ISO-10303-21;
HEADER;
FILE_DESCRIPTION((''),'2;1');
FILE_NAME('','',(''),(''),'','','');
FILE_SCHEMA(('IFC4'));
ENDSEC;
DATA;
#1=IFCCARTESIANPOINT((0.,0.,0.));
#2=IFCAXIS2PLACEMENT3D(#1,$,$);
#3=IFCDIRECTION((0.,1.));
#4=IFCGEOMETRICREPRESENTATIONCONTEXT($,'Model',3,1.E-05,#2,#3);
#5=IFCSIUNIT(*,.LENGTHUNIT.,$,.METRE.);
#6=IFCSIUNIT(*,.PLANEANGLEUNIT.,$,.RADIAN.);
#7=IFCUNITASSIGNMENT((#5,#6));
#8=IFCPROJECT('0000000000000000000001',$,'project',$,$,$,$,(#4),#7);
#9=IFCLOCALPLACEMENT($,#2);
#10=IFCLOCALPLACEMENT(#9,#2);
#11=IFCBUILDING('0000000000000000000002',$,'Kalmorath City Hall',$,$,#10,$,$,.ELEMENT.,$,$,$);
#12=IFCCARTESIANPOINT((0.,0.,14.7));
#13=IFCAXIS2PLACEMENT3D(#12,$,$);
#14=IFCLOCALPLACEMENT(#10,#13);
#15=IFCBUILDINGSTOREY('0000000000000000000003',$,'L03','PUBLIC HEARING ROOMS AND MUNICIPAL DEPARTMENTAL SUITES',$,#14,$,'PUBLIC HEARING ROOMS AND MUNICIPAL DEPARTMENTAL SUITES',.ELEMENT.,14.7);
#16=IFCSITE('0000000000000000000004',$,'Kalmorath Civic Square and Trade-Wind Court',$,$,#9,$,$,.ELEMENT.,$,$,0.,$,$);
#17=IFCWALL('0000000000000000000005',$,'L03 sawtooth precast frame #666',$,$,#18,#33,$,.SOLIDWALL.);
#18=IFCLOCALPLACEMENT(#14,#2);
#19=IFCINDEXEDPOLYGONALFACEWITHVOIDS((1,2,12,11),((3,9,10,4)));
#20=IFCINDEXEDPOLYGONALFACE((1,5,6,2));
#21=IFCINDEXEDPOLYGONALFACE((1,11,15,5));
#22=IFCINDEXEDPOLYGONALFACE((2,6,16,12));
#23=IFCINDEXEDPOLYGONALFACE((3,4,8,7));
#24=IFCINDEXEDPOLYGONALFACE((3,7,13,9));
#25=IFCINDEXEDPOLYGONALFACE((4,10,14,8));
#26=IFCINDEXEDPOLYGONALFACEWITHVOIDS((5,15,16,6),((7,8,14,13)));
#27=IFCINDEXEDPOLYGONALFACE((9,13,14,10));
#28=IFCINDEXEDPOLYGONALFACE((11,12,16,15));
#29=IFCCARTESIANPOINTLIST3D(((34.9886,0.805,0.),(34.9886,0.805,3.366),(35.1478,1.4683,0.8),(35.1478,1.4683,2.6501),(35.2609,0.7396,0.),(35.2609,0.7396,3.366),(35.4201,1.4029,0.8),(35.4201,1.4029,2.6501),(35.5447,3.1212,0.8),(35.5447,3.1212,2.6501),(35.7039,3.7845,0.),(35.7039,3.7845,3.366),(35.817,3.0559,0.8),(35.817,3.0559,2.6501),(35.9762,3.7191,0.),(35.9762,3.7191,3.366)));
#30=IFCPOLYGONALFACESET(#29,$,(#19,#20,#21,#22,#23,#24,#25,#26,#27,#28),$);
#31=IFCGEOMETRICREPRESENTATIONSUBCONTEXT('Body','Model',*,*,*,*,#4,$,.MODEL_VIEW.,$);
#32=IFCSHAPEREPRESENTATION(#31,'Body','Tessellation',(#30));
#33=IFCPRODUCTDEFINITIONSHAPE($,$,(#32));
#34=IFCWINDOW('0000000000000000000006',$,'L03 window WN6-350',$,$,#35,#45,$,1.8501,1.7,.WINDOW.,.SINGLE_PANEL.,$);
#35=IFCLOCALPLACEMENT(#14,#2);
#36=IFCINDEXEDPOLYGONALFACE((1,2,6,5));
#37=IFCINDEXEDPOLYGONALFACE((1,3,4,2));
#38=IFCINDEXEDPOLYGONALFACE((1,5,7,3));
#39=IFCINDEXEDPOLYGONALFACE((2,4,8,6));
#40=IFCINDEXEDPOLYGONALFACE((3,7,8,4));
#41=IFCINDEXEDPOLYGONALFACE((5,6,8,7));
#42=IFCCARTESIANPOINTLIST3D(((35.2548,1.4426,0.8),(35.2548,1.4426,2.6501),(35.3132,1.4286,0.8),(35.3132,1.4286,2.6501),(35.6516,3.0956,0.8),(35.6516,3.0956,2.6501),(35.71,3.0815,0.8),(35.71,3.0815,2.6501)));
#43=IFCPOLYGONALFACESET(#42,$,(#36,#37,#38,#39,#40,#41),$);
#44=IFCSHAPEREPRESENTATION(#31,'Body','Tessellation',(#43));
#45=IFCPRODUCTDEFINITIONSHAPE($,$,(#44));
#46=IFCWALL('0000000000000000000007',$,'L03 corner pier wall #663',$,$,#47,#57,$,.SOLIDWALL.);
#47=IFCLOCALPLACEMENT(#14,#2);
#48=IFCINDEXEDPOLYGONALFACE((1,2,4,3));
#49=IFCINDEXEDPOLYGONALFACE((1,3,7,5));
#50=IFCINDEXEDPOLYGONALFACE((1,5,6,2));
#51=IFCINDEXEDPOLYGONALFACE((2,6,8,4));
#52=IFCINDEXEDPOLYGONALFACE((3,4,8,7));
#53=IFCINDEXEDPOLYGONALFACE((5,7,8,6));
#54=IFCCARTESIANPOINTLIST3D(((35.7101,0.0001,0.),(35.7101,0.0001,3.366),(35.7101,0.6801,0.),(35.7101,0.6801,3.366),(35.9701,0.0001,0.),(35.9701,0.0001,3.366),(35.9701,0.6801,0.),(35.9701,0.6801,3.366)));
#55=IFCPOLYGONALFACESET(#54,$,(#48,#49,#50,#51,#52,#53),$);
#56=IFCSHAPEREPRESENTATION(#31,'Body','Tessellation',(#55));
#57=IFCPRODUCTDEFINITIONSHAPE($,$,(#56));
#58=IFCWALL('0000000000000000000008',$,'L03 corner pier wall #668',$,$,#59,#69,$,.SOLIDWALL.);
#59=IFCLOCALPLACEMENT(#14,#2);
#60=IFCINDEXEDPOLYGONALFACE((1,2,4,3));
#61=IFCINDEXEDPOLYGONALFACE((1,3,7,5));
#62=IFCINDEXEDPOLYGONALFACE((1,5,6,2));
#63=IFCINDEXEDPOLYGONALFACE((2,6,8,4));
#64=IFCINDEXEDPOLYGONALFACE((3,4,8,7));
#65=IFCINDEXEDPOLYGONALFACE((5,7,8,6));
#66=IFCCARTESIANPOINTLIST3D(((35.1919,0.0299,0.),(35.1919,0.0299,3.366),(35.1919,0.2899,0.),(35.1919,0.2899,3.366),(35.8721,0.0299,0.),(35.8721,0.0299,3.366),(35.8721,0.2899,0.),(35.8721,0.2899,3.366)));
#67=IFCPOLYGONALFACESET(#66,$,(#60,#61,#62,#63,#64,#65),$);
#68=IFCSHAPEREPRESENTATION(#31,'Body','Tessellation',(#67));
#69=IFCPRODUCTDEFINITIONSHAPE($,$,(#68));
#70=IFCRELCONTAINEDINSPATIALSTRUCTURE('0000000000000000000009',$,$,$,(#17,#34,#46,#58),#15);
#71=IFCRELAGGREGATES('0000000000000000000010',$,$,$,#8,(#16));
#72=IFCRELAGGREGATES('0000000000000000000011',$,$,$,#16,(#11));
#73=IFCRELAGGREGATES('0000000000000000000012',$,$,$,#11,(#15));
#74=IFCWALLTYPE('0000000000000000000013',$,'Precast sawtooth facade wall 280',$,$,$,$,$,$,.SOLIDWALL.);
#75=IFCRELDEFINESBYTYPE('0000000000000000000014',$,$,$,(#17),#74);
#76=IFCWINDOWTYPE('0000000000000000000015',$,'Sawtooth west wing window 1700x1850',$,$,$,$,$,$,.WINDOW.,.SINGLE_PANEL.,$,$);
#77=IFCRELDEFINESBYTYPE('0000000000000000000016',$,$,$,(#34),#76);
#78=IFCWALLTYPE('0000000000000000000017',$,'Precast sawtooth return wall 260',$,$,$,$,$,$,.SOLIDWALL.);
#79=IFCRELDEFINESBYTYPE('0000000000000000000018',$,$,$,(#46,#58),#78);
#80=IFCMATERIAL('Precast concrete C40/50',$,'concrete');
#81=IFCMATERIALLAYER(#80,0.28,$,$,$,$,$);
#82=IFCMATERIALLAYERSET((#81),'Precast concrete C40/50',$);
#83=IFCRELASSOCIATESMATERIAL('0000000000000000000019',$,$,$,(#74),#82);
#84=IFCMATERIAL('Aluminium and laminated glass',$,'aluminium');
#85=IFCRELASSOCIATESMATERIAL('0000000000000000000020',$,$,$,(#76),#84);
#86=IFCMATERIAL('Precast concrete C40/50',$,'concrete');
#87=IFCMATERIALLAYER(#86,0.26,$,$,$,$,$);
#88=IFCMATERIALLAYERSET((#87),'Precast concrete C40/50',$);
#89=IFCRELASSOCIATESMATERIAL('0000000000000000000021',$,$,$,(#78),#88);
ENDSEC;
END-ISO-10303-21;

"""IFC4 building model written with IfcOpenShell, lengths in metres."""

from ifc_helpers import new_model, si_unit, direction, frame, frame_2d, origin, place, context, subcontext, project, spatial, rectangle, extrude, material, layer, layer_set, type_object, element, fill, save


model = new_model("IFC4")

# Units and contexts
model_context = context("Model", 3, precision=1e-05, world=origin(), true_north=direction((0.0, 1.0)))
body_context = subcontext(model_context, "Body", "Model", "MODEL_VIEW")
ifc_project = project(units=[si_unit("LENGTHUNIT", "METRE"), si_unit("PLANEANGLEUNIT", "RADIAN")], contexts=[model_context])

# Site, building, storey
site_placement = place(None, origin())
site = spatial("IfcSite", under=ifc_project, at=site_placement, Name="Kalmorath Civic Square and Trade-Wind Court", CompositionType="ELEMENT", RefElevation=0.0)
building_placement = place(site_placement, origin())
building = spatial("IfcBuilding", under=site, at=building_placement, Name="Kalmorath City Hall", CompositionType="ELEMENT")
storey_placement = place(building_placement, frame((0.0, 0.0, 14.7)))
storey = spatial("IfcBuildingStorey", under=building, at=storey_placement, Name="L03", Description="PUBLIC HEARING ROOMS AND MUNICIPAL DEPARTMENTAL SUITES", LongName="PUBLIC HEARING ROOMS AND MUNICIPAL DEPARTMENTAL SUITES", CompositionType="ELEMENT", Elevation=14.7)

# Wall, opening, window
ifc_material_1 = material(Name="Precast concrete C40/50", Category="concrete")
ifc_layer_1 = layer(ifc_material_1, 0.28)
ifc_layer_set_1 = layer_set([ifc_layer_1], Name="Precast concrete C40/50")
wall_type_1 = type_object("IfcWallType", Name="Precast sawtooth facade wall 280", PredefinedType="SOLIDWALL", material=ifc_layer_set_1)
ifc_material_2 = material(Name="Aluminium and laminated glass", Category="aluminium")
window_type_1 = type_object("IfcWindowType", Name="Sawtooth west wing window 1700x1850", PartitioningType="SINGLE_PANEL", PredefinedType="WINDOW", material=ifc_material_2)
wall_1_placement = place(storey_placement, frame((35.8401, 3.752, 0.0), z_axis=(0.0, 0.0, 1.0), x_axis=(-0.233451, -0.972368, 0.0)))
wall_1 = element("IfcWall", 1, at=wall_1_placement, inside=storey, type_object=wall_type_1, Name="L03 sawtooth precast frame #666", PredefinedType="SOLIDWALL", context=body_context, shape_type="SweptSolid", body=[
    extrude(rectangle(XDim=3.0642, YDim=0.28, at=frame_2d((1.5322, 0.0))), origin(), (0.0, 0.0, 1.0), 3.366),
])
opening_1_placement = place(wall_1_placement, frame((0.6821, 0.0, 0.8)))
opening_1 = element("IfcOpeningElement", 2, at=opening_1_placement, cuts=wall_1, PredefinedType="OPENING", context=body_context, shape_type="SweptSolid", body=[
    extrude(rectangle(XDim=1.7, YDim=1.8501, at=frame_2d((0.8501, 0.925))), frame((0.0, 0.1499, 0.0), z_axis=(0.0, -1.0, 0.0), x_axis=(1.0, 0.0, 0.0)), (0.0, 0.0, 1.0), 0.3),
])
window_1_placement = place(opening_1_placement, origin())
window_1 = element("IfcWindow", 3, at=window_1_placement, inside=storey, type_object=window_type_1, Name="L03 window WN6-350", OverallHeight=1.8501, OverallWidth=1.7, PartitioningType="SINGLE_PANEL", PredefinedType="WINDOW", context=body_context, shape_type="SweptSolid", body=[
    extrude(rectangle(XDim=1.7, YDim=1.8501, at=frame_2d((0.8501, 0.925))), frame((0.0, 0.03, 0.0), z_axis=(0.0, -1.0, 0.0), x_axis=(1.0, 0.0, 0.0)), (0.0, 0.0, 1.0), 0.0601),
])
fill(opening_1, window_1)

# Walls
ifc_material_3 = material(Name="Precast concrete C40/50", Category="concrete")
ifc_layer_2 = layer(ifc_material_3, 0.26)
ifc_layer_set_2 = layer_set([ifc_layer_2], Name="Precast concrete C40/50")
wall_type_2 = type_object("IfcWallType", Name="Precast sawtooth return wall 260", PredefinedType="SOLIDWALL", material=ifc_layer_set_2)
wall_2_placement = place(storey_placement, frame((35.8401, 0.6799, 0.0), z_axis=(0.0, 0.0, 1.0), x_axis=(0.0, -1.0, 0.0)))
element("IfcWall", 4, at=wall_2_placement, inside=storey, type_object=wall_type_2, Name="L03 corner pier wall #663", PredefinedType="SOLIDWALL", context=body_context, shape_type="SweptSolid", body=[
    extrude(rectangle(XDim=0.6799, YDim=0.26, at=frame_2d((0.3398, 0.0))), origin(), (0.0, 0.0, 1.0), 3.366),
])
wall_3_placement = place(storey_placement, frame((35.8721, 0.1599, 0.0), z_axis=(0.0, 0.0, 1.0), x_axis=(-1.0, 0.0, 0.0)))
element("IfcWall", 5, at=wall_3_placement, inside=storey, type_object=wall_type_2, Name="L03 corner pier wall #668", PredefinedType="SOLIDWALL", context=body_context, shape_type="SweptSolid", body=[
    extrude(rectangle(XDim=0.6802, YDim=0.26, at=frame_2d((0.3401, 0.0))), origin(), (0.0, 0.0, 1.0), 3.366),
])

save(model, "model.ifc")
